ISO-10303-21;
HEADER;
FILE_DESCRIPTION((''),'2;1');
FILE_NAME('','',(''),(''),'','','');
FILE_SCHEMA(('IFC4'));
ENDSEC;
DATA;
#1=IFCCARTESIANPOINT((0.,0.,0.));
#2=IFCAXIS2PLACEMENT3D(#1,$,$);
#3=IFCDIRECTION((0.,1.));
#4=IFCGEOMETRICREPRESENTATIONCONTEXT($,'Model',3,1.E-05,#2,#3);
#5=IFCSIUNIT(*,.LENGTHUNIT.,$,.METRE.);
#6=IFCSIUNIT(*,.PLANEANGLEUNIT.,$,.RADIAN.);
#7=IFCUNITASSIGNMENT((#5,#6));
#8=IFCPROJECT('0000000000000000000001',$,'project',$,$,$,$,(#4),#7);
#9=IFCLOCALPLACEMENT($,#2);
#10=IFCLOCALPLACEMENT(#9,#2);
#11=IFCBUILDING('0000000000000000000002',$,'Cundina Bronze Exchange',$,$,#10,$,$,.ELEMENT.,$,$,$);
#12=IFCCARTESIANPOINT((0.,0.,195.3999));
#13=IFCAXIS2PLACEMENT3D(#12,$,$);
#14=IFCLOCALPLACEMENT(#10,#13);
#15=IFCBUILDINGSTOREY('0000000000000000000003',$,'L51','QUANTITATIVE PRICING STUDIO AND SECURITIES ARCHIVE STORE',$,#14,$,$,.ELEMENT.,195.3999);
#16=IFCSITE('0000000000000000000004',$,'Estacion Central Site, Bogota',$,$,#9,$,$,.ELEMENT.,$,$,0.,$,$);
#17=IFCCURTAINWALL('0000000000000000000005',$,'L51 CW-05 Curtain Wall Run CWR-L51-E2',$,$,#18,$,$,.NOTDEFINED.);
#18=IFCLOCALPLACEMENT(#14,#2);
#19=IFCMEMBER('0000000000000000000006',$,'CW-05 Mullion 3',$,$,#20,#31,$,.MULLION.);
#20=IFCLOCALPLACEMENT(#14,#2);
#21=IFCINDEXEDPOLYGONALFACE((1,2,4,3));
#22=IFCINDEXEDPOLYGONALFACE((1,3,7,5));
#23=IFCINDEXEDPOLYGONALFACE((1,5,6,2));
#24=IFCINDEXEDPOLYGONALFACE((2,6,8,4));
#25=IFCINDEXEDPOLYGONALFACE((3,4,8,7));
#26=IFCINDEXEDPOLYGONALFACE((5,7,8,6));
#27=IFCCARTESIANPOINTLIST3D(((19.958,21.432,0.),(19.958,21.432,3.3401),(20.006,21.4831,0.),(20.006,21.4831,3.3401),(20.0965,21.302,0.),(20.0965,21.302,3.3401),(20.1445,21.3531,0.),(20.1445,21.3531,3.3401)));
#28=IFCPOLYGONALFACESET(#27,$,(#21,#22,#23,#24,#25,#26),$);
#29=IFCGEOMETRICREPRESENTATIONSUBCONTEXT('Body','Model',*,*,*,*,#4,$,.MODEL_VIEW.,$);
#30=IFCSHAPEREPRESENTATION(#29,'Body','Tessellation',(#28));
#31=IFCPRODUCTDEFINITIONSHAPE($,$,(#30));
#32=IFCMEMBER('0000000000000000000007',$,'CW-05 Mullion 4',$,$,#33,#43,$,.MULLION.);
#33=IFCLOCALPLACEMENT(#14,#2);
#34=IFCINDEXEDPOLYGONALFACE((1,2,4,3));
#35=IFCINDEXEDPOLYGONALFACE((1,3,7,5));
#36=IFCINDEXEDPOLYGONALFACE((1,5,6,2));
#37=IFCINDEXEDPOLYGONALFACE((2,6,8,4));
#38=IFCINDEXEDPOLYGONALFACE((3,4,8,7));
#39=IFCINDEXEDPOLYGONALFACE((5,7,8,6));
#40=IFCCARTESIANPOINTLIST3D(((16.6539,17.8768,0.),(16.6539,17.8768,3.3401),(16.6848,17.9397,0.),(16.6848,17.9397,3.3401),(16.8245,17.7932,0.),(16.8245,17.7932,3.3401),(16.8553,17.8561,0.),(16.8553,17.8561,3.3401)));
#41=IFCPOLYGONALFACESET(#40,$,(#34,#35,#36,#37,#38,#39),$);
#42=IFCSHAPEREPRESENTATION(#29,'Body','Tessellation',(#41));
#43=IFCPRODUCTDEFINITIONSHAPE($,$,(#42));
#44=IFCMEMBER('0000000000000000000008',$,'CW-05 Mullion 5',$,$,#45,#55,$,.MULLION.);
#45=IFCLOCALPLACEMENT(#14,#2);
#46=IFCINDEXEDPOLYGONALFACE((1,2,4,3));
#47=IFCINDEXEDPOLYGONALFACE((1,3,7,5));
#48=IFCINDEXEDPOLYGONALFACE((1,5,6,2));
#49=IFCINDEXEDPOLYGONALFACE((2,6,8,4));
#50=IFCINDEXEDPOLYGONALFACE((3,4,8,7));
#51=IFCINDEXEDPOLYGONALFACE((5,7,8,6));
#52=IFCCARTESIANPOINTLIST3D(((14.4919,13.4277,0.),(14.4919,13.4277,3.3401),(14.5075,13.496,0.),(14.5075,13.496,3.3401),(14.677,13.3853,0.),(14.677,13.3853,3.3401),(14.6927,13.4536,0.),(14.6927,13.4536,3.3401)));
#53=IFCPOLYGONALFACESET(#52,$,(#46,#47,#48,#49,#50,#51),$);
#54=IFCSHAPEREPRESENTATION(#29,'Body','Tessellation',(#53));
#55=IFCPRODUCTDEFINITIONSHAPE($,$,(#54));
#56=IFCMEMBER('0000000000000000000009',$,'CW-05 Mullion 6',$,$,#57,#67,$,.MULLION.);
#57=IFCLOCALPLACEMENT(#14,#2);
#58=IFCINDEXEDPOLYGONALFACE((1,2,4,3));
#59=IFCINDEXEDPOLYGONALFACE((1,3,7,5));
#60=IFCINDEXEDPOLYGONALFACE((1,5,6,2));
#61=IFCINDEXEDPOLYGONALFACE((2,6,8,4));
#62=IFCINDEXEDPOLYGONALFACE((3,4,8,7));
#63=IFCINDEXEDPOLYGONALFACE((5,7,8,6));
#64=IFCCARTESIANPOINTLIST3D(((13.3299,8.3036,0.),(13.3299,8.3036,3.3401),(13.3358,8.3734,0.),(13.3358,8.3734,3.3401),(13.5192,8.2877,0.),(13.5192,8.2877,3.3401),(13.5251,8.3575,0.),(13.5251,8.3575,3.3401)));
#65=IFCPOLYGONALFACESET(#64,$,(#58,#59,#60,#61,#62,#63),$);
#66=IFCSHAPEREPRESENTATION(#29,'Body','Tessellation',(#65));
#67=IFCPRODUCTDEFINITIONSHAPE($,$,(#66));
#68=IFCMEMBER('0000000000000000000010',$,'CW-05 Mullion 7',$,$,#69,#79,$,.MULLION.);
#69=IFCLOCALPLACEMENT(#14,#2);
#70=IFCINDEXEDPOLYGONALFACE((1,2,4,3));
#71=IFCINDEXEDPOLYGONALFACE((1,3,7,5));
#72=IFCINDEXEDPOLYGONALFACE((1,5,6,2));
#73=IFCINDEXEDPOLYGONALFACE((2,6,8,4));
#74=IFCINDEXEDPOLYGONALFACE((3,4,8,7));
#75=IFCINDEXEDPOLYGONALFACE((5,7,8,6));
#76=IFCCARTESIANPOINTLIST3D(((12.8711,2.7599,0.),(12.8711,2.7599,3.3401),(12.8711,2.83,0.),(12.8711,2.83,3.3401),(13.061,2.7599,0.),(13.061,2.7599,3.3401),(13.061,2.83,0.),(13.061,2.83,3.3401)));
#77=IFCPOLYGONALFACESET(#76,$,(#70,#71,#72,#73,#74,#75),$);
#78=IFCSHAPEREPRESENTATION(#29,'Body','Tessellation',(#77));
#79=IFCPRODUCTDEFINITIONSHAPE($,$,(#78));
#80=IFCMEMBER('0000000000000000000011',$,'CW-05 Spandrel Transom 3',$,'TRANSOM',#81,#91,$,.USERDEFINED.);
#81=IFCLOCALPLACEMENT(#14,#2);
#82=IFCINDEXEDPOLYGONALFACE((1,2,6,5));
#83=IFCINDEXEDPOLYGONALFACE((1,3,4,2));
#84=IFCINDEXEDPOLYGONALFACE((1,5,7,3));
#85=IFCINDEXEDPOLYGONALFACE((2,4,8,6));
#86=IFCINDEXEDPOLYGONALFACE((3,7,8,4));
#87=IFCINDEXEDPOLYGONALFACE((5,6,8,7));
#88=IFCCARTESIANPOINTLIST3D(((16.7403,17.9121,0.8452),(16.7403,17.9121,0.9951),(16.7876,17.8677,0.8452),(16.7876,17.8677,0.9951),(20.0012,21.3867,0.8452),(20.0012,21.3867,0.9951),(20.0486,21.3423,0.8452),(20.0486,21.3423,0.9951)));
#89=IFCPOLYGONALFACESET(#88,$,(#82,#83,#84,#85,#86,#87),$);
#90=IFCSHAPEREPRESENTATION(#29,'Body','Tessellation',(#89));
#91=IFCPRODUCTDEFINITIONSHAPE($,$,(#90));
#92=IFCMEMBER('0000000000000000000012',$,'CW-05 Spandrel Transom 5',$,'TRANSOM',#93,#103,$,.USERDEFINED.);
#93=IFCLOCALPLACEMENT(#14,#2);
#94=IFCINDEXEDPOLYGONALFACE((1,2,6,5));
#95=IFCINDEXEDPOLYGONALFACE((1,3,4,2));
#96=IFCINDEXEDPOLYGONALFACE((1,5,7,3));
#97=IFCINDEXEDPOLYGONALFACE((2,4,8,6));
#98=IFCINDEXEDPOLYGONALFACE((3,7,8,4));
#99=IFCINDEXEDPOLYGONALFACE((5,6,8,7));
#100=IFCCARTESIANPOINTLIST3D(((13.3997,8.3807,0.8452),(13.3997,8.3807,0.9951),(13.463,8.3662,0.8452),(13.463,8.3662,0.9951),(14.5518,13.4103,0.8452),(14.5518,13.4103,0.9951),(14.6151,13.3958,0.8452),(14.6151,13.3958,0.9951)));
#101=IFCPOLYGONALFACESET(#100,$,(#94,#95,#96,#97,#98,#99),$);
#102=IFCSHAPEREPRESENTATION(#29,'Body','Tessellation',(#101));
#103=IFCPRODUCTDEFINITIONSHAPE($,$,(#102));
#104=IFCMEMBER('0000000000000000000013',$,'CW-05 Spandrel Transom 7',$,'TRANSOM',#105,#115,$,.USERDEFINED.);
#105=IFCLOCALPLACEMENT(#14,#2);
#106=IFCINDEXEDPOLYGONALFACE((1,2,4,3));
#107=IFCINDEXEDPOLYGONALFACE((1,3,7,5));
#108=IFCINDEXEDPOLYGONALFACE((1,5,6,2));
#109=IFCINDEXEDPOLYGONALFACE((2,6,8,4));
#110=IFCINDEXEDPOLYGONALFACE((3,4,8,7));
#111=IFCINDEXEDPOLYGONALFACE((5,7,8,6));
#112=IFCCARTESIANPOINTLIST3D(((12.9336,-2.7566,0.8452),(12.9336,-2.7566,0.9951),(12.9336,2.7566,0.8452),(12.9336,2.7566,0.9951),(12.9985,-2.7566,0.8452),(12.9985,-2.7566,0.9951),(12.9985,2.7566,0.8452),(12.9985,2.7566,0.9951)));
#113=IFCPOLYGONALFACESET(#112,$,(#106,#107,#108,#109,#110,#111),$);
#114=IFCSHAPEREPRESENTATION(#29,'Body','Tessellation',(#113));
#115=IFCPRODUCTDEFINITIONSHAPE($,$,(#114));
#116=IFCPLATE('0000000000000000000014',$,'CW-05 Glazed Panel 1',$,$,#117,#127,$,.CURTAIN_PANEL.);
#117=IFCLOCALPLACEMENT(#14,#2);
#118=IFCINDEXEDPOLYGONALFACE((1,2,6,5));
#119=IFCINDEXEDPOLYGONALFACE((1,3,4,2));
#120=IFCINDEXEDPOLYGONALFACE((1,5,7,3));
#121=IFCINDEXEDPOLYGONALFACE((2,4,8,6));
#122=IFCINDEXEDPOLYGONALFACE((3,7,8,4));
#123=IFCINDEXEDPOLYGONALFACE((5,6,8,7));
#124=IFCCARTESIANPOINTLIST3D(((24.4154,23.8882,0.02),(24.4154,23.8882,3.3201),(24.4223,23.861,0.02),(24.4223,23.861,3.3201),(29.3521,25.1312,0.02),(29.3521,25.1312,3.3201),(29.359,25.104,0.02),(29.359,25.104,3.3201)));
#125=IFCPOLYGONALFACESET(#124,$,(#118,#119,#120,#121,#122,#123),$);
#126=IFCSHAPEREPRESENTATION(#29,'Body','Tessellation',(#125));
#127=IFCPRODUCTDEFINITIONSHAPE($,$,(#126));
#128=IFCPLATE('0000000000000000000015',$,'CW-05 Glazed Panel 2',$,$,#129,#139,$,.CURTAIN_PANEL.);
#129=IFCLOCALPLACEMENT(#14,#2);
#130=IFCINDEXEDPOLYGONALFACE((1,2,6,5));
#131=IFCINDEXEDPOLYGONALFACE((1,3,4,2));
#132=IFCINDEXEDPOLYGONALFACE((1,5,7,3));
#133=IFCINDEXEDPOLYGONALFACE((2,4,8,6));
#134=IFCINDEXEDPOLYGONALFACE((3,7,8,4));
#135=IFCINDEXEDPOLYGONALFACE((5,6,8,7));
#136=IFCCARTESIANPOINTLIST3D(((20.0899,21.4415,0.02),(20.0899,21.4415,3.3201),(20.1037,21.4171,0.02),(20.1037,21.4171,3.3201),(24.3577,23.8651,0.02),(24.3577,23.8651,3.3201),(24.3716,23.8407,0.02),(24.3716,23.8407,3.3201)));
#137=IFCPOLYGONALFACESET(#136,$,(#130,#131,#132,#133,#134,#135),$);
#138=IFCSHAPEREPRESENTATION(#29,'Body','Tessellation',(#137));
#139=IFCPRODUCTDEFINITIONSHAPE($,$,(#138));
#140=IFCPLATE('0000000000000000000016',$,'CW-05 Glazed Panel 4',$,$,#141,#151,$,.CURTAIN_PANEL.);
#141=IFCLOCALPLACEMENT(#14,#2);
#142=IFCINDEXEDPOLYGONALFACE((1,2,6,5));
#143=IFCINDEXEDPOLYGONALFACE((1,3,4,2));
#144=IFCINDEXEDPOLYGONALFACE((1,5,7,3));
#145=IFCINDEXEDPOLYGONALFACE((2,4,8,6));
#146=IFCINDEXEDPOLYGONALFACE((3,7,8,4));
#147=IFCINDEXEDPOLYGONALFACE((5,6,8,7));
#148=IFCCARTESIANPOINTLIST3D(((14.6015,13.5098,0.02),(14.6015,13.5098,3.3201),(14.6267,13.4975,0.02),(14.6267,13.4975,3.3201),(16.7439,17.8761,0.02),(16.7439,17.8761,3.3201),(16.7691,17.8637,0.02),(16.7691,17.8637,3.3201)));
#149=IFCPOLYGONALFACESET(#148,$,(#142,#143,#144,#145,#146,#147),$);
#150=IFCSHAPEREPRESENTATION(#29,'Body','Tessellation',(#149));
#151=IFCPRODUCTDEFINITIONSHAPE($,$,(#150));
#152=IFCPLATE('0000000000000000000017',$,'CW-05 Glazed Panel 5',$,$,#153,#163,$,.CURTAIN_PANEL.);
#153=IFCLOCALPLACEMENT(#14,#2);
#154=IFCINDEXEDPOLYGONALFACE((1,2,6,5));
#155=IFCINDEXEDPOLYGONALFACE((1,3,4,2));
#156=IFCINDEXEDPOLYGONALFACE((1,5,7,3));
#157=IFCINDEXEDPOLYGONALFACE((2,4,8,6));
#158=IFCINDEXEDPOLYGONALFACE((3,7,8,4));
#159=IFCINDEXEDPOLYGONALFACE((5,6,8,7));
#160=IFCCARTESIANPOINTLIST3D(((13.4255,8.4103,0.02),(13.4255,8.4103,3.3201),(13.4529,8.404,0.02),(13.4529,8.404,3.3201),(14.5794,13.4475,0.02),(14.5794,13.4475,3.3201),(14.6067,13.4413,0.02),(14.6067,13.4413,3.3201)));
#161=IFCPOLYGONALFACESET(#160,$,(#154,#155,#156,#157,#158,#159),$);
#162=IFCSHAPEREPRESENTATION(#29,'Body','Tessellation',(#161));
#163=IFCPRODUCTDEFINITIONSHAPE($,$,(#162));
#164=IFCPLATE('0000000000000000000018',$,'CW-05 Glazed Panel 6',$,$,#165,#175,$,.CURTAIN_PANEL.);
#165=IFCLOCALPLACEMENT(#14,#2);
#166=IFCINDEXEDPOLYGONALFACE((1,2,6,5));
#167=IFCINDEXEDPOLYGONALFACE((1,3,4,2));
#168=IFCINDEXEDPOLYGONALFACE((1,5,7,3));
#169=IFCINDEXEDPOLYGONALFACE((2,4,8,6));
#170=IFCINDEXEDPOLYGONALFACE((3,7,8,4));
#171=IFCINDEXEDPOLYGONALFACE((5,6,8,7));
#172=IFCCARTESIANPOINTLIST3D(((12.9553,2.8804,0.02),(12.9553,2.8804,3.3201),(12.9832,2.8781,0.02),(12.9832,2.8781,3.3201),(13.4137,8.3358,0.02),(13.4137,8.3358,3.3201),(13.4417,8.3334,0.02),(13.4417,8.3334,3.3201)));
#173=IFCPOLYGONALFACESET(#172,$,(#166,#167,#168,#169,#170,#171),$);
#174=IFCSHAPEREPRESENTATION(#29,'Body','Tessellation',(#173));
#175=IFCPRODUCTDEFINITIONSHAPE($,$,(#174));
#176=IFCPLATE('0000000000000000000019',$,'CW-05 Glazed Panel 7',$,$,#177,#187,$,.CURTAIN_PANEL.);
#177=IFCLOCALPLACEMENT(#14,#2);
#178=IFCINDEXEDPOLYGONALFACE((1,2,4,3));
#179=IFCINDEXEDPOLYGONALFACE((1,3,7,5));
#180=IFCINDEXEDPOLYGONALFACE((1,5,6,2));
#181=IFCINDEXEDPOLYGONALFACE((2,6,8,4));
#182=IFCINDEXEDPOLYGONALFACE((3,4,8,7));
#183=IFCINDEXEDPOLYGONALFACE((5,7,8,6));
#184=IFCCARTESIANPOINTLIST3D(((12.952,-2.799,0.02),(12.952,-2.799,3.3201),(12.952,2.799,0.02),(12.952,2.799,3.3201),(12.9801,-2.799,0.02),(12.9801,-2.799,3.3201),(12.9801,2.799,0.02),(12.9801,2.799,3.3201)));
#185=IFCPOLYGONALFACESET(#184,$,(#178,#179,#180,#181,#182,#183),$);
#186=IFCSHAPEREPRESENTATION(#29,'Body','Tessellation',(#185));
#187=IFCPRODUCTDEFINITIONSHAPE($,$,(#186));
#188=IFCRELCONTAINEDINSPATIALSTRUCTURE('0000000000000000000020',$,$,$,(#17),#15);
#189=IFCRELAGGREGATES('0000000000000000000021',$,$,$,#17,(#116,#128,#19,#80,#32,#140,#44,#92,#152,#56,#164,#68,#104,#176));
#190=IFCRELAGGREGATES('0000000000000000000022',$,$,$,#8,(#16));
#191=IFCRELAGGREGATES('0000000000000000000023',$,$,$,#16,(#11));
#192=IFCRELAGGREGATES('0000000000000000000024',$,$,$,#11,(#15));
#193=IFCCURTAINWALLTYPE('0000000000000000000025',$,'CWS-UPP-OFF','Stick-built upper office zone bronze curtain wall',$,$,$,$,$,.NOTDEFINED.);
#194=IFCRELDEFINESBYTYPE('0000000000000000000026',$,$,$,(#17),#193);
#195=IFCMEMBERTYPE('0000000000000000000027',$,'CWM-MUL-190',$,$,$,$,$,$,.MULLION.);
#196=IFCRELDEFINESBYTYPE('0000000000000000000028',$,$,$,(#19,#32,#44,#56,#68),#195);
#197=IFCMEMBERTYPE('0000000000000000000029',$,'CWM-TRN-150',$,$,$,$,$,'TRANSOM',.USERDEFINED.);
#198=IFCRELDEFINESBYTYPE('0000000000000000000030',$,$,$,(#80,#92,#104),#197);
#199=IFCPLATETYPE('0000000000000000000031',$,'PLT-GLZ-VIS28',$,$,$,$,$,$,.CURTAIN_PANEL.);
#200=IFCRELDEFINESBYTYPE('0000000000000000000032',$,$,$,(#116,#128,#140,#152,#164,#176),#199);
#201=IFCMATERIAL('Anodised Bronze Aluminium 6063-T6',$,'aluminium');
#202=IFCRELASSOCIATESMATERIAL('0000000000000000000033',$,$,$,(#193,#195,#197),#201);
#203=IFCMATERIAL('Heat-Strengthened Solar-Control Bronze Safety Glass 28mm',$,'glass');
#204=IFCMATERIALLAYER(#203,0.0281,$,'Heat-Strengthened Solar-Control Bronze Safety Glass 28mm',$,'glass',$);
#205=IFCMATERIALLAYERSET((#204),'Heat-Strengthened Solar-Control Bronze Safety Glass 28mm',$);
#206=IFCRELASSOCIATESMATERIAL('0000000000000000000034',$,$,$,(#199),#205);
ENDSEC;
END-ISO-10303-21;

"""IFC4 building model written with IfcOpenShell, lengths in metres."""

from ifc_helpers import new_model, si_unit, direction, frame, origin, origin_2d, place, context, subcontext, project, spatial, rectangle, extrude, material, layer, layer_set, material_profile, profile_set, type_object, element, aggregate, save


model = new_model("IFC4")

# Units and contexts
model_context = context("Model", 3, precision=1e-05, world=origin(), true_north=direction((0.0, 1.0)))
body_context = subcontext(model_context, "Body", "Model", "MODEL_VIEW")
ifc_project = project(units=[si_unit("LENGTHUNIT", "METRE"), si_unit("PLANEANGLEUNIT", "RADIAN")], contexts=[model_context])

# Site, building, storey
site_placement = place(None, origin())
site = spatial("IfcSite", under=ifc_project, at=site_placement, Name="Estacion Central Site, Bogota", CompositionType="ELEMENT", RefElevation=0.0)
building_placement = place(site_placement, origin())
building = spatial("IfcBuilding", under=site, at=building_placement, Name="Cundina Bronze Exchange", CompositionType="ELEMENT")
storey_placement = place(building_placement, frame((0.0, 0.0, 195.3999)))
storey = spatial("IfcBuildingStorey", under=building, at=storey_placement, Name="L51", Description="QUANTITATIVE PRICING STUDIO AND SECURITIES ARCHIVE STORE", CompositionType="ELEMENT", Elevation=195.3999)

# Curtain wall, members, plates
ifc_material_1 = material(Name="Anodised Bronze Aluminium 6063-T6", Category="aluminium")
curtain_wall_type = type_object("IfcCurtainWallType", Name="CWS-UPP-OFF", Description="Stick-built upper office zone bronze curtain wall", PredefinedType="NOTDEFINED", material=ifc_material_1)
curtain_wall_placement = place(storey_placement, origin())
curtain_wall = element("IfcCurtainWall", 1, at=curtain_wall_placement, inside=storey, type_object=curtain_wall_type, Name="L51 CW-05 Curtain Wall Run CWR-L51-E2", PredefinedType="NOTDEFINED")
ifc_material_profile_1 = material_profile(ifc_material_1, rectangle(XDim=0.0701, YDim=0.1899, at=origin_2d()), Name="AL70X190", Category="aluminium")
ifc_profile_set_1 = profile_set([ifc_material_profile_1], Name="Anodised Bronze Aluminium 6063-T6")
member_type_1 = type_object("IfcMemberType", Name="CWM-MUL-190", PredefinedType="MULLION", material=ifc_profile_set_1)
member_1_placement = place(storey_placement, frame((20.0513, 21.3926, 0.0), z_axis=(0.0, 0.0, 1.0), x_axis=(-0.684293, -0.729208, 0.0)))
member_1 = element("IfcMember", 2, at=member_1_placement, type_object=member_type_1, Name="CW-05 Mullion 3", PredefinedType="MULLION", context=body_context, shape_type="SweptSolid", body=[
    extrude(rectangle(XDim=0.0701, YDim=0.1899, at=origin_2d()), origin(), (0.0, 0.0, 1.0), 3.3401),
])
member_2_placement = place(storey_placement, frame((16.7546, 17.8665, 0.0), z_axis=(0.0, 0.0, 1.0), x_axis=(-0.440566, -0.89772, 0.0)))
member_2 = element("IfcMember", 3, at=member_2_placement, type_object=member_type_1, Name="CW-05 Mullion 4", PredefinedType="MULLION", context=body_context, shape_type="SweptSolid", body=[
    extrude(rectangle(XDim=0.0701, YDim=0.1899, at=origin_2d()), origin(), (0.0, 0.0, 1.0), 3.3401),
])
member_3_placement = place(storey_placement, frame((14.5923, 13.4407, 0.0), z_axis=(0.0, 0.0, 1.0), x_axis=(-0.22325, -0.974761, 0.0)))
member_3 = element("IfcMember", 4, at=member_3_placement, type_object=member_type_1, Name="CW-05 Mullion 5", PredefinedType="MULLION", context=body_context, shape_type="SweptSolid", body=[
    extrude(rectangle(XDim=0.0701, YDim=0.1899, at=origin_2d()), origin(), (0.0, 0.0, 1.0), 3.3401),
])
member_4_placement = place(storey_placement, frame((13.4275, 8.3306, 0.0), z_axis=(0.0, 0.0, 1.0), x_axis=(-0.083678, -0.996493, 0.0)))
member_4 = element("IfcMember", 5, at=member_4_placement, type_object=member_type_1, Name="CW-05 Mullion 6", PredefinedType="MULLION", context=body_context, shape_type="SweptSolid", body=[
    extrude(rectangle(XDim=0.0701, YDim=0.1899, at=origin_2d()), origin(), (0.0, 0.0, 1.0), 3.3401),
])
member_5_placement = place(storey_placement, frame((12.9661, 2.7949, 0.0), z_axis=(0.0, 0.0, 1.0), x_axis=(0.0, -1.0, 0.0)))
member_5 = element("IfcMember", 6, at=member_5_placement, type_object=member_type_1, Name="CW-05 Mullion 7", PredefinedType="MULLION", context=body_context, shape_type="SweptSolid", body=[
    extrude(rectangle(XDim=0.0701, YDim=0.1899, at=origin_2d()), origin(), (0.0, 0.0, 1.0), 3.3401),
])
ifc_material_profile_2 = material_profile(ifc_material_1, rectangle(XDim=0.0649, YDim=0.1499, at=origin_2d()), Name="AL65X150", Category="aluminium")
ifc_profile_set_2 = profile_set([ifc_material_profile_2], Name="Anodised Bronze Aluminium 6063-T6")
member_type_2 = type_object("IfcMemberType", Name="CWM-TRN-150", ElementType="TRANSOM", PredefinedType="USERDEFINED", material=ifc_profile_set_2)
member_6_placement = place(storey_placement, frame((20.0249, 21.3645, 0.9202), z_axis=(-0.684336, -0.729166, 0.0), x_axis=(0.729166, -0.684336, 0.0)))
member_6 = element("IfcMember", 7, at=member_6_placement, type_object=member_type_2, Name="CW-05 Spandrel Transom 3", ObjectType="TRANSOM", PredefinedType="USERDEFINED", context=body_context, shape_type="SweptSolid", body=[
    extrude(rectangle(XDim=0.0649, YDim=0.1499, at=origin_2d()), origin(), (0.0, 0.0, 1.0), 4.7651),
])
member_7_placement = place(storey_placement, frame((14.5835, 13.4031, 0.9202), z_axis=(-0.223283, -0.974754, 0.0), x_axis=(0.974754, -0.223283, 0.0)))
member_7 = element("IfcMember", 8, at=member_7_placement, type_object=member_type_2, Name="CW-05 Spandrel Transom 5", ObjectType="TRANSOM", PredefinedType="USERDEFINED", context=body_context, shape_type="SweptSolid", body=[
    extrude(rectangle(XDim=0.0649, YDim=0.1499, at=origin_2d()), origin(), (0.0, 0.0, 1.0), 5.1599),
])
member_8_placement = place(storey_placement, frame((12.9661, 2.7566, 0.9202), z_axis=(0.0, -1.0, 0.0), x_axis=(1.0, 0.0, 0.0)))
member_8 = element("IfcMember", 9, at=member_8_placement, type_object=member_type_2, Name="CW-05 Spandrel Transom 7", ObjectType="TRANSOM", PredefinedType="USERDEFINED", context=body_context, shape_type="SweptSolid", body=[
    extrude(rectangle(XDim=0.0649, YDim=0.1499, at=origin_2d()), origin(), (0.0, 0.0, 1.0), 5.5132),
])
ifc_material_2 = material(Name="Heat-Strengthened Solar-Control Bronze Safety Glass 28mm", Category="glass")
ifc_layer_1 = layer(ifc_material_2, 0.0281, Name="Heat-Strengthened Solar-Control Bronze Safety Glass 28mm", Category="glass")
ifc_layer_set_1 = layer_set([ifc_layer_1], Name="Heat-Strengthened Solar-Control Bronze Safety Glass 28mm")
plate_type_1 = type_object("IfcPlateType", Name="PLT-GLZ-VIS28", PredefinedType="CURTAIN_PANEL", material=ifc_layer_set_1)
plate_1_placement = place(storey_placement, frame((26.8872, 24.4961, 0.02), z_axis=(0.0, 0.0, 1.0), x_axis=(-0.969732, -0.244174, 0.0)))
plate_1 = element("IfcPlate", 10, at=plate_1_placement, type_object=plate_type_1, Name="CW-05 Glazed Panel 1", PredefinedType="CURTAIN_PANEL", context=body_context, shape_type="SweptSolid", body=[
    extrude(rectangle(XDim=5.0908, YDim=0.0281, at=origin_2d()), origin(), (0.0, 0.0, 1.0), 3.3),
])
plate_2_placement = place(storey_placement, frame((22.2307, 22.6411, 0.02), z_axis=(0.0, 0.0, 1.0), x_axis=(-0.869573, -0.493805, 0.0)))
plate_2 = element("IfcPlate", 11, at=plate_2_placement, type_object=plate_type_1, Name="CW-05 Glazed Panel 2", PredefinedType="CURTAIN_PANEL", context=body_context, shape_type="SweptSolid", body=[
    extrude(rectangle(XDim=4.908, YDim=0.0281, at=origin_2d()), origin(), (0.0, 0.0, 1.0), 3.3),
])
plate_3_placement = place(storey_placement, frame((15.6853, 15.6868, 0.02), z_axis=(0.0, 0.0, 1.0), x_axis=(-0.440503, -0.897751, 0.0)))
plate_3 = element("IfcPlate", 12, at=plate_3_placement, type_object=plate_type_1, Name="CW-05 Glazed Panel 4", PredefinedType="CURTAIN_PANEL", context=body_context, shape_type="SweptSolid", body=[
    extrude(rectangle(XDim=4.8635, YDim=0.0281, at=origin_2d()), origin(), (0.0, 0.0, 1.0), 3.3),
])
plate_4_placement = place(storey_placement, frame((14.0161, 10.9258, 0.02), z_axis=(0.0, 0.0, 1.0), x_axis=(-0.223284, -0.974753, 0.0)))
plate_4 = element("IfcPlate", 13, at=plate_4_placement, type_object=plate_type_1, Name="CW-05 Glazed Panel 5", PredefinedType="CURTAIN_PANEL", context=body_context, shape_type="SweptSolid", body=[
    extrude(rectangle(XDim=5.1677, YDim=0.0281, at=origin_2d()), origin(), (0.0, 0.0, 1.0), 3.3),
])
plate_5_placement = place(storey_placement, frame((13.1985, 5.6069, 0.02), z_axis=(0.0, 0.0, 1.0), x_axis=(-0.083747, -0.996487, 0.0)))
plate_5 = element("IfcPlate", 14, at=plate_5_placement, type_object=plate_type_1, Name="CW-05 Glazed Panel 6", PredefinedType="CURTAIN_PANEL", context=body_context, shape_type="SweptSolid", body=[
    extrude(rectangle(XDim=5.4746, YDim=0.0281, at=origin_2d()), origin(), (0.0, 0.0, 1.0), 3.3),
])
plate_6_placement = place(storey_placement, frame((12.9661, 0.0, 0.02), z_axis=(0.0, 0.0, 1.0), x_axis=(0.0, -1.0, 0.0)))
plate_6 = element("IfcPlate", 15, at=plate_6_placement, type_object=plate_type_1, Name="CW-05 Glazed Panel 7", PredefinedType="CURTAIN_PANEL", context=body_context, shape_type="SweptSolid", body=[
    extrude(rectangle(XDim=5.5979, YDim=0.0281, at=origin_2d()), origin(), (0.0, 0.0, 1.0), 3.3),
])
aggregate(curtain_wall, [plate_1, plate_2, member_1, member_6, member_2, plate_3, member_3, member_7, plate_4, member_4, plate_5, member_5, member_8, plate_6])

save(model, "model.ifc")
